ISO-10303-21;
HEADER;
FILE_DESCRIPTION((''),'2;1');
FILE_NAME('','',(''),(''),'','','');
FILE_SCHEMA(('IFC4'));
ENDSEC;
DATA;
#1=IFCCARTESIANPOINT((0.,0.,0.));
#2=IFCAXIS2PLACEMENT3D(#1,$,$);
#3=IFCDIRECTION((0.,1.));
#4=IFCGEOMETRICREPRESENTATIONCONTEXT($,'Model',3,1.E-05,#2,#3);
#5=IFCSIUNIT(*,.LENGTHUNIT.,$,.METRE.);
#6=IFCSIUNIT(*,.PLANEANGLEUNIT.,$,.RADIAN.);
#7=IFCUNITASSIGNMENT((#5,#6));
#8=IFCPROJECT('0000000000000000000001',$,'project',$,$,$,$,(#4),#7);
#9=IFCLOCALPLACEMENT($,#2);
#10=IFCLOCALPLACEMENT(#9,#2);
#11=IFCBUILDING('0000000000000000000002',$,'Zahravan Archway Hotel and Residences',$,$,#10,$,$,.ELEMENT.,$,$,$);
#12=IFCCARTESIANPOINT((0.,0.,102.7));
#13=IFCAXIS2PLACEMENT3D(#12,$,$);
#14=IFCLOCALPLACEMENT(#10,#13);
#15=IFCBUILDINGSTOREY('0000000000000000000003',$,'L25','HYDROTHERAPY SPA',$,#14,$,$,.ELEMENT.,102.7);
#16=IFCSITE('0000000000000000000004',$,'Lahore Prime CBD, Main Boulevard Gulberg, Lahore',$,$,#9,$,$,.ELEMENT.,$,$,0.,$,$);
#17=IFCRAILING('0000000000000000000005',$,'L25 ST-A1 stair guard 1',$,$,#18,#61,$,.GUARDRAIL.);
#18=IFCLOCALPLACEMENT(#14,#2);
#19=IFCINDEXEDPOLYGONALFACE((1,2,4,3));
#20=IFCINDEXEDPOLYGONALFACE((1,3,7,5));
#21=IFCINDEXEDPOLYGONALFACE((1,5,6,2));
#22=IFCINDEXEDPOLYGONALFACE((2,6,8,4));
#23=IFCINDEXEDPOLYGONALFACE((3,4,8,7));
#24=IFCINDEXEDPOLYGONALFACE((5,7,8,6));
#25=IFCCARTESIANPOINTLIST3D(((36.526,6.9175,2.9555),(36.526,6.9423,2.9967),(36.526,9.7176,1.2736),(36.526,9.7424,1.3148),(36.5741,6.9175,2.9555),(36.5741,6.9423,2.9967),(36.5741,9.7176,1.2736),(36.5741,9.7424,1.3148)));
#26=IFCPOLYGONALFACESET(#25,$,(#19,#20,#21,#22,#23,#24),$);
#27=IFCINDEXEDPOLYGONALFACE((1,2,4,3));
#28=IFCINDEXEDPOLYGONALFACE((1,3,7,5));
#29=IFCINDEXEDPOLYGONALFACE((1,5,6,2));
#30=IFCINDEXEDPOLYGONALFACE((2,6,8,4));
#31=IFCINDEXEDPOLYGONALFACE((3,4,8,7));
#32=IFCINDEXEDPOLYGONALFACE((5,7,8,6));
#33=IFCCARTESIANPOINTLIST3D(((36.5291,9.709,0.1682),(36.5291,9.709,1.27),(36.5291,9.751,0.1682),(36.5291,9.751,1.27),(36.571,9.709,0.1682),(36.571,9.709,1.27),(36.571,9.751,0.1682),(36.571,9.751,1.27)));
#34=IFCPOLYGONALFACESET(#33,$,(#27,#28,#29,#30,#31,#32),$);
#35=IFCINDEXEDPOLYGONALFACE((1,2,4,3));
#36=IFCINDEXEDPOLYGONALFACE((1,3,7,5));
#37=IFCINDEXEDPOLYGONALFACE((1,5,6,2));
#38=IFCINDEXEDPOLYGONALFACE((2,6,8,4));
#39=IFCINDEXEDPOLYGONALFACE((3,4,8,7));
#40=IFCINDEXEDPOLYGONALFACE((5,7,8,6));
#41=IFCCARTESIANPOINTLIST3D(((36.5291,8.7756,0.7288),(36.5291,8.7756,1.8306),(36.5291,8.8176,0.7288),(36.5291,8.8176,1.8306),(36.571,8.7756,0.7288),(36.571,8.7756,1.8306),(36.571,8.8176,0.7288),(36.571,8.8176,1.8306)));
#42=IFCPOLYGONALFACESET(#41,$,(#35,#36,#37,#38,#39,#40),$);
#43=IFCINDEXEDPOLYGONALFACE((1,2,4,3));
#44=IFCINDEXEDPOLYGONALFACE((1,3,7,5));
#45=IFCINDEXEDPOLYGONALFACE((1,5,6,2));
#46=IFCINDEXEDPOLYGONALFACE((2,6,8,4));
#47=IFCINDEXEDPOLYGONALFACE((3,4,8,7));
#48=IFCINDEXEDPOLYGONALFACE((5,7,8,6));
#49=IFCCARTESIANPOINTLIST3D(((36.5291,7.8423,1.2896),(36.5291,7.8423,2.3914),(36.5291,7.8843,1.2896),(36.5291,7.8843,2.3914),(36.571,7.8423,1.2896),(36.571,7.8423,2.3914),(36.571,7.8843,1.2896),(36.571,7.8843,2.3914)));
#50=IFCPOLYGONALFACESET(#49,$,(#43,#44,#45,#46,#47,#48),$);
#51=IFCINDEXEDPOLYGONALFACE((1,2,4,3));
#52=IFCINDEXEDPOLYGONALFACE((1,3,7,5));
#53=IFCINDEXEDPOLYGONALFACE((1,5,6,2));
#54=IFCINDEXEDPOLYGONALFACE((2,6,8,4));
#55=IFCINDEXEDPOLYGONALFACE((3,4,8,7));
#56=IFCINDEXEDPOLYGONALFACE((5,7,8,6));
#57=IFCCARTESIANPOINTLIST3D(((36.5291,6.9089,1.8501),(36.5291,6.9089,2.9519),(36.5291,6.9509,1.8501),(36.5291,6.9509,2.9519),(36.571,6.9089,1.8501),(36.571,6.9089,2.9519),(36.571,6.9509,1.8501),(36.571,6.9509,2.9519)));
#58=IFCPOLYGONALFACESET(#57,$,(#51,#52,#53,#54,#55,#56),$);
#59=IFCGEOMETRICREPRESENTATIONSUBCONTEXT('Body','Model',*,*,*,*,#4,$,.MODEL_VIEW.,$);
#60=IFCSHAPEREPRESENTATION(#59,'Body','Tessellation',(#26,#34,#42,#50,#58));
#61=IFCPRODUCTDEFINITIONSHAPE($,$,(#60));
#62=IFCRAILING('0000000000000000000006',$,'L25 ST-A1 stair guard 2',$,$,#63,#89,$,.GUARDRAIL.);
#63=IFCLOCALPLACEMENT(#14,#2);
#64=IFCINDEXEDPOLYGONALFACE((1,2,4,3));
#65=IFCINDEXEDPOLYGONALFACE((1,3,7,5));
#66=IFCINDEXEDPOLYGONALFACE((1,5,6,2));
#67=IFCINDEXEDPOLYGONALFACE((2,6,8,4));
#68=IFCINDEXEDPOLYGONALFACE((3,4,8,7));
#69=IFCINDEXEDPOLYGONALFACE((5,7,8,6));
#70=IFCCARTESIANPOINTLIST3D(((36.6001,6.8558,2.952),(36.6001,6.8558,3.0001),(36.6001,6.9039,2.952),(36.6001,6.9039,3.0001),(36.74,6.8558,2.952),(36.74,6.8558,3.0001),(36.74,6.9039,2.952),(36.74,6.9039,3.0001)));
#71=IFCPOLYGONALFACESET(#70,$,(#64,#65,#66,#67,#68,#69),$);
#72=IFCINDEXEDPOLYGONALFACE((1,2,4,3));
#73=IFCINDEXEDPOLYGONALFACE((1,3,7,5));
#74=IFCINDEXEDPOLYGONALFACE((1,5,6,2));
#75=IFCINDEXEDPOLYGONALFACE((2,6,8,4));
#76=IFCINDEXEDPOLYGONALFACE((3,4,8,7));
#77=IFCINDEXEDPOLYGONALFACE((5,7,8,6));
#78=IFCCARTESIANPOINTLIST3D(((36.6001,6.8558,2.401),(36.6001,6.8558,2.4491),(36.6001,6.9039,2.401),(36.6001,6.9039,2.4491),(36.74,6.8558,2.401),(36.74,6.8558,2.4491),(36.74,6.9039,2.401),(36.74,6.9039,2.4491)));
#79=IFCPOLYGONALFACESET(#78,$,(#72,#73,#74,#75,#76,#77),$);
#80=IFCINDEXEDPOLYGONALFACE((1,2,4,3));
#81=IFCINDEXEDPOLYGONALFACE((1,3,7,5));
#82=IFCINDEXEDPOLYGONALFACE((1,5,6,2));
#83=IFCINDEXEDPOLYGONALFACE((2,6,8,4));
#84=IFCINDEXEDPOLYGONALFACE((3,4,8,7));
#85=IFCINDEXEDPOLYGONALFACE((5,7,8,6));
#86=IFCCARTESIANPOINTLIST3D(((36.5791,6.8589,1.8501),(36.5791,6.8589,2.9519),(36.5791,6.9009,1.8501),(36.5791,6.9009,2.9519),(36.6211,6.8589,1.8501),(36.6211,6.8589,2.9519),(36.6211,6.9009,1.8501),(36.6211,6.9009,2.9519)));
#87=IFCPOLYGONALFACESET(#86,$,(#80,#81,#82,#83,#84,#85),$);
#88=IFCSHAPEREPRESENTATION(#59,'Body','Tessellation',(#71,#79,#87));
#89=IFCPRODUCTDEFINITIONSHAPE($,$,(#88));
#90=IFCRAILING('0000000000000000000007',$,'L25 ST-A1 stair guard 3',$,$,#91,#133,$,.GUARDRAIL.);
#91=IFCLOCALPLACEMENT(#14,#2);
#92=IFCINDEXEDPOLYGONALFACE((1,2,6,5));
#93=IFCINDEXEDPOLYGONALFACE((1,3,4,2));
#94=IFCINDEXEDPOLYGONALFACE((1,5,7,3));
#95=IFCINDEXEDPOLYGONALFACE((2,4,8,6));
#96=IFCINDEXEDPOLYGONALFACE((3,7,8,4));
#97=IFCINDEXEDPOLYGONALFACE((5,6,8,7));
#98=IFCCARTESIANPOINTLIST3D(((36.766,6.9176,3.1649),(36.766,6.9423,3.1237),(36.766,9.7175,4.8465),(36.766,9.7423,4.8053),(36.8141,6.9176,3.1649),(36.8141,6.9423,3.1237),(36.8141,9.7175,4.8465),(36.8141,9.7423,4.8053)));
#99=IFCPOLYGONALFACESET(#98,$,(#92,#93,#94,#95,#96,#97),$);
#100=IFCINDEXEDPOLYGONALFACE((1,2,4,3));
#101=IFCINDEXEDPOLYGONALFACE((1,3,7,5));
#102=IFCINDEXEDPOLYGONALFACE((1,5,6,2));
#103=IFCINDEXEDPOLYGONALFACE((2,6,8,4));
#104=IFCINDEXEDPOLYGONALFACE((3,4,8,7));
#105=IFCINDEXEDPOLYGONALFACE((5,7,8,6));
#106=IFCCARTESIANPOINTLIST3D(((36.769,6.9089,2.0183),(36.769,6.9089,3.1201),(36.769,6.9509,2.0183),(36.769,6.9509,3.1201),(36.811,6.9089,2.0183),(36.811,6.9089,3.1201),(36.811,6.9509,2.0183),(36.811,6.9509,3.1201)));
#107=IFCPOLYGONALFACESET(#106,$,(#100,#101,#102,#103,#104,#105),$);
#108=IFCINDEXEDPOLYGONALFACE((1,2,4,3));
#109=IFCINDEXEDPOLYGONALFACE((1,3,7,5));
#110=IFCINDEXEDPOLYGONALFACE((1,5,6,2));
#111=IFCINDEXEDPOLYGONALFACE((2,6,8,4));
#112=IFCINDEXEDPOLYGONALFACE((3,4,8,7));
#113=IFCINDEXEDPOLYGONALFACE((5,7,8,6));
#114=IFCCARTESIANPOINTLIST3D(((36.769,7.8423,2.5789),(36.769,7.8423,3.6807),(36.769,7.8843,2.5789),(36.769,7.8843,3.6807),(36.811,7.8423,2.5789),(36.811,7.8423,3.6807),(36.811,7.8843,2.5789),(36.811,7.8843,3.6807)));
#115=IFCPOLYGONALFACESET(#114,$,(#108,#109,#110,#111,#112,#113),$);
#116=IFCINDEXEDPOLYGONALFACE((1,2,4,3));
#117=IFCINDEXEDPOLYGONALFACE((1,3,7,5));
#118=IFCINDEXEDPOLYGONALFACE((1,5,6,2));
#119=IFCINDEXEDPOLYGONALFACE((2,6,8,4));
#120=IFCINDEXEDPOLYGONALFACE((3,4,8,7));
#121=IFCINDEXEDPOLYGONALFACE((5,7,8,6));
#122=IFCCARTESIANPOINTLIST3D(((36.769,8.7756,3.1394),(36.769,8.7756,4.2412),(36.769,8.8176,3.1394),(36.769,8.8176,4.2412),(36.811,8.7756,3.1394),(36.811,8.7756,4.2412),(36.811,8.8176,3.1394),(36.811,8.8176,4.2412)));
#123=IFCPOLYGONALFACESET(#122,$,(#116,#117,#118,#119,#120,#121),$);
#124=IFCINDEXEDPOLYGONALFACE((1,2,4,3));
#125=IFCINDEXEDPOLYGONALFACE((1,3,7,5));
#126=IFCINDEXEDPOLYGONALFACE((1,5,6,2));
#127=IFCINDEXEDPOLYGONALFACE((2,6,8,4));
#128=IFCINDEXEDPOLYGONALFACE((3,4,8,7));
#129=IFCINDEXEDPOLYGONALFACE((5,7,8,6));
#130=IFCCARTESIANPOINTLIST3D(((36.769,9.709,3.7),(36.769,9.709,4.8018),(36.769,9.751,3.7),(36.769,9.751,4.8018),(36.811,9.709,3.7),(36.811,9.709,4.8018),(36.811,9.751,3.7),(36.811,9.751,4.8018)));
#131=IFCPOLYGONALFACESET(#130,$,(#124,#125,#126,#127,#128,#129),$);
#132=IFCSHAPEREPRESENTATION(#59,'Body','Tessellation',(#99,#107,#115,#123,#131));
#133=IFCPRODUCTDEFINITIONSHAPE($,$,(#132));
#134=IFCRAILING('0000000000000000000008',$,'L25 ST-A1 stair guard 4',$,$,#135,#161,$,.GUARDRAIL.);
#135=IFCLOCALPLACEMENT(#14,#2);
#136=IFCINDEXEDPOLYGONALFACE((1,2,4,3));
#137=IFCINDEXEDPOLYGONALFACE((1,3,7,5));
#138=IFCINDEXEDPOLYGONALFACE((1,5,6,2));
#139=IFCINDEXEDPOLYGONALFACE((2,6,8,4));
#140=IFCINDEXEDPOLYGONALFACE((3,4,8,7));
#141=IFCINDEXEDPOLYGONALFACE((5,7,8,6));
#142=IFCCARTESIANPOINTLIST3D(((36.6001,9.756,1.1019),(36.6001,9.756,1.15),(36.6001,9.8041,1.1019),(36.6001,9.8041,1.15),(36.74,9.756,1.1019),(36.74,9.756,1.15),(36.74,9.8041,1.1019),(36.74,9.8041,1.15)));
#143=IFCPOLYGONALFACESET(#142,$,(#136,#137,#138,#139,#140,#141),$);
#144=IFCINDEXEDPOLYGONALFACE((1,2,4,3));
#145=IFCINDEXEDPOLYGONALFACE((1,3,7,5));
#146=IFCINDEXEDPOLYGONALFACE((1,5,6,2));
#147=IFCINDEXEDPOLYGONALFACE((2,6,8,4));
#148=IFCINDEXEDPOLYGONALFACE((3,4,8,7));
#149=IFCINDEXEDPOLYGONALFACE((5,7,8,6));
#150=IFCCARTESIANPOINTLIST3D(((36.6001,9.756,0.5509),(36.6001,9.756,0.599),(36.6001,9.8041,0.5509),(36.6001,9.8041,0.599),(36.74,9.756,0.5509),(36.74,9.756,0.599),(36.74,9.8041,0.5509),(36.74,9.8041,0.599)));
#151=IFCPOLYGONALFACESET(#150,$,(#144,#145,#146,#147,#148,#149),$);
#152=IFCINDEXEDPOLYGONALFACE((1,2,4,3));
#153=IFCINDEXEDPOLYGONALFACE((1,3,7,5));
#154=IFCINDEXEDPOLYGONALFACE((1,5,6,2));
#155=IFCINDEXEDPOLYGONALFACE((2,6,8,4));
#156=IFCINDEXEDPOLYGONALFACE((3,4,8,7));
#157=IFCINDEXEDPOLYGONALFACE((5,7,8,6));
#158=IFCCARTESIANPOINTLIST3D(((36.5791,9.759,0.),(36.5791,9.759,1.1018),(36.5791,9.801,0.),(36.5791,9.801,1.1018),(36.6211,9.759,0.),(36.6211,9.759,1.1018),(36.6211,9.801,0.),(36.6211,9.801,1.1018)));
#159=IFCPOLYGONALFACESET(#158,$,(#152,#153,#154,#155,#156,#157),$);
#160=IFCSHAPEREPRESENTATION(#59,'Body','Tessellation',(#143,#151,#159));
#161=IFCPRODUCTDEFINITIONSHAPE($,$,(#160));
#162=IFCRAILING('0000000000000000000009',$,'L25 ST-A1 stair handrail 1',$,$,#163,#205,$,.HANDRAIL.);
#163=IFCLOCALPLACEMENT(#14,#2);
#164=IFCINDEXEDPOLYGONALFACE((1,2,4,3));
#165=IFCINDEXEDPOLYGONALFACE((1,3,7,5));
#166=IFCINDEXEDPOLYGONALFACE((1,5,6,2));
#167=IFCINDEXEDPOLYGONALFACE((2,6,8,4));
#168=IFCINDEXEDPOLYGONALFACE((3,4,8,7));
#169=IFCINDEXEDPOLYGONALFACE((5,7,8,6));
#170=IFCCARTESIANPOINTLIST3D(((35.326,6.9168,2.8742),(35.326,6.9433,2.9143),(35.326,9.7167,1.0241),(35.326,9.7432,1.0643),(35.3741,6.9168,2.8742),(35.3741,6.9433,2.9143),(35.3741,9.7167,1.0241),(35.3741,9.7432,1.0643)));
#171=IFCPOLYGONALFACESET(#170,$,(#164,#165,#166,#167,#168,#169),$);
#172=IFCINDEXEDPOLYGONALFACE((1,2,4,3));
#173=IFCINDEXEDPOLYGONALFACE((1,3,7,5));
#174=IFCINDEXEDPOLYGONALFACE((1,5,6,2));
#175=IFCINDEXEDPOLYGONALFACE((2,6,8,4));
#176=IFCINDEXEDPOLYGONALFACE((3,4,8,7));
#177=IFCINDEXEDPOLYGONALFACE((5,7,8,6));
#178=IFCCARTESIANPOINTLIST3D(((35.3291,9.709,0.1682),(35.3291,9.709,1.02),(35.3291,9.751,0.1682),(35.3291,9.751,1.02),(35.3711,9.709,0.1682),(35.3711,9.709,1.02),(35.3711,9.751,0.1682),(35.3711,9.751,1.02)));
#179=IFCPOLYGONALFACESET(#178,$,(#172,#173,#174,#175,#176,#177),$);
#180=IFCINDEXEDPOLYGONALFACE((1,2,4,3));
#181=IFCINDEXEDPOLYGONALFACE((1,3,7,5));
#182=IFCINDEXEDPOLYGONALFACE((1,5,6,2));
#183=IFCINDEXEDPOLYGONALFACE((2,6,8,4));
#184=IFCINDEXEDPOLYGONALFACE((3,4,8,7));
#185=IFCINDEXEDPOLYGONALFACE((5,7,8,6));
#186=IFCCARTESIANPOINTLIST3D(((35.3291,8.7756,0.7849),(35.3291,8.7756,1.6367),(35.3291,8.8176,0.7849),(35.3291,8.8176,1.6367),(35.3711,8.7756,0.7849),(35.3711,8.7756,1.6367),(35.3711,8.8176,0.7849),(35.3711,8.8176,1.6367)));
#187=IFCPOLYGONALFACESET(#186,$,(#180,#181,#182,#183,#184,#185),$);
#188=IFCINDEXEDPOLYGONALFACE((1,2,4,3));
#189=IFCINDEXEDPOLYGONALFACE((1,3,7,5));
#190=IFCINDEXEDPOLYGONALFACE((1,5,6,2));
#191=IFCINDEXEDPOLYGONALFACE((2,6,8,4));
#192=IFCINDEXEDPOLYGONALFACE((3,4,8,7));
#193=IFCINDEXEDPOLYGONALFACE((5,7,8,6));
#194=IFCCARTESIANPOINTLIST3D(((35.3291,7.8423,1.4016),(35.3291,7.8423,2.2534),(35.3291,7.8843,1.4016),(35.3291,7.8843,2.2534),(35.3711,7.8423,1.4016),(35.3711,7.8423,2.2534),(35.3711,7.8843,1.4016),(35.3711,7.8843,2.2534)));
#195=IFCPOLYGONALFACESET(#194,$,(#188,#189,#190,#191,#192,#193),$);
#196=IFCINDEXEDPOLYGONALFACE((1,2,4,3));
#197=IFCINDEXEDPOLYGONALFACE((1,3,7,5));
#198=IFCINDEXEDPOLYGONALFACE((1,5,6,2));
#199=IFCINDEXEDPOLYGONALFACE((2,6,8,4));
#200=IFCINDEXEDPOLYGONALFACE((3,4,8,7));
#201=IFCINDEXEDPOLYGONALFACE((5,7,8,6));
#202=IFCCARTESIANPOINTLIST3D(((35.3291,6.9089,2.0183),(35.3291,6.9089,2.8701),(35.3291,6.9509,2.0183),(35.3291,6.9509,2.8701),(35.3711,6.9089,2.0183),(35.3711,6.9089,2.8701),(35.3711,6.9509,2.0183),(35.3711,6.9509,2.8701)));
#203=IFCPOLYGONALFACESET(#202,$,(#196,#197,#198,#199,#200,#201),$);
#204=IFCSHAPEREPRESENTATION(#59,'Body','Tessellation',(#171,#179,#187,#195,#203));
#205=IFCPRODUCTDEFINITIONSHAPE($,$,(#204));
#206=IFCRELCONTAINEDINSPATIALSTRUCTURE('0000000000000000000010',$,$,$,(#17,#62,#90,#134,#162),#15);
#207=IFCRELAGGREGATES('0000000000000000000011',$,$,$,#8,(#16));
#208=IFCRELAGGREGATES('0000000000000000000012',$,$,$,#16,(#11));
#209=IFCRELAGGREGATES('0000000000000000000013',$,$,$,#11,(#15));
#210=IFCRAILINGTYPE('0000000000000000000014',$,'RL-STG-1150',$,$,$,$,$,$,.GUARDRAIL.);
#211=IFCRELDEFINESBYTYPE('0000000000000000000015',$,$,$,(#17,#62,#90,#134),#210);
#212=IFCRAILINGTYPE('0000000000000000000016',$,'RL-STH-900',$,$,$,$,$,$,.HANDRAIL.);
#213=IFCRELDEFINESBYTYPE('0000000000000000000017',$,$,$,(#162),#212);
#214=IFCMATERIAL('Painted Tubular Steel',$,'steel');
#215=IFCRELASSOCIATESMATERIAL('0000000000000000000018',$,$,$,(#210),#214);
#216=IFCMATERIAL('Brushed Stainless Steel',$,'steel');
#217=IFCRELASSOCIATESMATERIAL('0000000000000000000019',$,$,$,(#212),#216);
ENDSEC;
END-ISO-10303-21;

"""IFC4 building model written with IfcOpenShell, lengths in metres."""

from ifc_helpers import new_model, si_unit, direction, frame, origin, origin_2d, place, context, subcontext, project, spatial, rectangle, extrude, material, type_object, element, save


model = new_model("IFC4")

# Units and contexts
model_context = context("Model", 3, precision=1e-05, world=origin(), true_north=direction((0.0, 1.0)))
body_context = subcontext(model_context, "Body", "Model", "MODEL_VIEW")
ifc_project = project(units=[si_unit("LENGTHUNIT", "METRE"), si_unit("PLANEANGLEUNIT", "RADIAN")], contexts=[model_context])

# Site, building, storey
site_placement = place(None, origin())
site = spatial("IfcSite", under=ifc_project, at=site_placement, Name="Lahore Prime CBD, Main Boulevard Gulberg, Lahore", CompositionType="ELEMENT", RefElevation=0.0)
building_placement = place(site_placement, origin())
building = spatial("IfcBuilding", under=site, at=building_placement, Name="Zahravan Archway Hotel and Residences", CompositionType="ELEMENT")
storey_placement = place(building_placement, frame((0.0, 0.0, 102.7)))
storey = spatial("IfcBuildingStorey", under=building, at=storey_placement, Name="L25", Description="HYDROTHERAPY SPA", CompositionType="ELEMENT", Elevation=102.7)

# Shared definitions
ifc_material_1 = material(Name="Brushed Stainless Steel", Category="steel")

# Railings
ifc_material_2 = material(Name="Painted Tubular Steel", Category="steel")
railing_type_1 = type_object("IfcRailingType", Name="RL-STG-1150", PredefinedType="GUARDRAIL", material=ifc_material_2)
railing_1_placement = place(storey_placement, frame((36.55, 9.73, 0.1682)))
element("IfcRailing", 1, at=railing_1_placement, inside=storey, type_object=railing_type_1, Name="L25 ST-A1 stair guard 1", PredefinedType="GUARDRAIL", context=body_context, shape_type="SweptSolid", body=[
    extrude(rectangle(XDim=0.0481, YDim=0.0481, at=origin_2d()), frame((0.0, 0.0, 1.126), z_axis=(0.0, -0.857242, 0.514913), x_axis=(1.0, 0.0, 0.0)), (0.0, 0.0, 1.0), 3.2664),
    extrude(rectangle(XDim=0.042, YDim=0.042, at=origin_2d()), origin(), (0.0, 0.0, 1.0), 1.1018),
    extrude(rectangle(XDim=0.042, YDim=0.042, at=origin_2d()), frame((0.0, -0.9333, 0.5605)), (0.0, 0.0, 1.0), 1.1018),
    extrude(rectangle(XDim=0.042, YDim=0.042, at=origin_2d()), frame((0.0, -1.8667, 1.1213)), (0.0, 0.0, 1.0), 1.1018),
    extrude(rectangle(XDim=0.042, YDim=0.042, at=origin_2d()), frame((0.0, -2.8, 1.6819)), (0.0, 0.0, 1.0), 1.1018),
])
railing_2_placement = place(storey_placement, frame((36.6001, 6.8799, 1.8501)))
element("IfcRailing", 2, at=railing_2_placement, inside=storey, type_object=railing_type_1, Name="L25 ST-A1 stair guard 2", PredefinedType="GUARDRAIL", context=body_context, shape_type="SweptSolid", body=[
    extrude(rectangle(XDim=0.0481, YDim=0.0481, at=origin_2d()), frame((0.0, 0.0, 1.126), z_axis=(1.0, 0.0, 0.0), x_axis=(0.0, 1.0, 0.0)), (0.0, 0.0, 1.0), 0.1399),
    extrude(rectangle(XDim=0.0481, YDim=0.0481, at=origin_2d()), frame((0.0, 0.0, 0.575), z_axis=(1.0, 0.0, 0.0), x_axis=(0.0, 1.0, 0.0)), (0.0, 0.0, 1.0), 0.1399),
    extrude(rectangle(XDim=0.042, YDim=0.042, at=origin_2d()), origin(), (0.0, 0.0, 1.0), 1.1018),
])
railing_3_placement = place(storey_placement, frame((36.79, 6.9299, 2.0183)))
element("IfcRailing", 3, at=railing_3_placement, inside=storey, type_object=railing_type_1, Name="L25 ST-A1 stair guard 3", PredefinedType="GUARDRAIL", context=body_context, shape_type="SweptSolid", body=[
    extrude(rectangle(XDim=0.0481, YDim=0.0481, at=origin_2d()), frame((0.0, 0.0, 1.126), z_axis=(0.0, 0.857275, 0.514858), x_axis=(-1.0, 0.0, 0.0)), (0.0, 0.0, 1.0), 3.2661),
    extrude(rectangle(XDim=0.042, YDim=0.042, at=origin_2d()), origin(), (0.0, 0.0, 1.0), 1.1018),
    extrude(rectangle(XDim=0.042, YDim=0.042, at=origin_2d()), frame((0.0, 0.9333, 0.5605)), (0.0, 0.0, 1.0), 1.1018),
    extrude(rectangle(XDim=0.042, YDim=0.042, at=origin_2d()), frame((0.0, 1.8667, 1.1211)), (0.0, 0.0, 1.0), 1.1018),
    extrude(rectangle(XDim=0.042, YDim=0.042, at=origin_2d()), frame((0.0, 2.8, 1.6816)), (0.0, 0.0, 1.0), 1.1018),
])
railing_4_placement = place(storey_placement, frame((36.6001, 9.78, 0.0)))
element("IfcRailing", 4, at=railing_4_placement, inside=storey, type_object=railing_type_1, Name="L25 ST-A1 stair guard 4", PredefinedType="GUARDRAIL", context=body_context, shape_type="SweptSolid", body=[
    extrude(rectangle(XDim=0.0481, YDim=0.0481, at=origin_2d()), frame((0.0, 0.0, 1.126), z_axis=(1.0, 0.0, 0.0), x_axis=(0.0, 1.0, 0.0)), (0.0, 0.0, 1.0), 0.1399),
    extrude(rectangle(XDim=0.0481, YDim=0.0481, at=origin_2d()), frame((0.0, 0.0, 0.575), z_axis=(1.0, 0.0, 0.0), x_axis=(0.0, 1.0, 0.0)), (0.0, 0.0, 1.0), 0.1399),
    extrude(rectangle(XDim=0.042, YDim=0.042, at=origin_2d()), origin(), (0.0, 0.0, 1.0), 1.1018),
])
railing_type_2 = type_object("IfcRailingType", Name="RL-STH-900", PredefinedType="HANDRAIL", material=ifc_material_1)
railing_5_placement = place(storey_placement, frame((35.3501, 9.73, 0.1682)))
element("IfcRailing", 5, at=railing_5_placement, inside=storey, type_object=railing_type_2, Name="L25 ST-A1 stair handrail 1", PredefinedType="HANDRAIL", context=body_context, shape_type="SweptSolid", body=[
    extrude(rectangle(XDim=0.0481, YDim=0.0481, at=origin_2d()), frame((0.0, 0.0, 0.876), z_axis=(0.0, -0.834326, 0.551271), x_axis=(1.0, 0.0, 0.0)), (0.0, 0.0, 1.0), 3.356),
    extrude(rectangle(XDim=0.042, YDim=0.042, at=origin_2d()), origin(), (0.0, 0.0, 1.0), 0.8518),
    extrude(rectangle(XDim=0.042, YDim=0.042, at=origin_2d()), frame((0.0, -0.9333, 0.6167)), (0.0, 0.0, 1.0), 0.8518),
    extrude(rectangle(XDim=0.042, YDim=0.042, at=origin_2d()), frame((0.0, -1.8667, 1.2334)), (0.0, 0.0, 1.0), 0.8518),
    extrude(rectangle(XDim=0.042, YDim=0.042, at=origin_2d()), frame((0.0, -2.8, 1.8501)), (0.0, 0.0, 1.0), 0.8518),
])

save(model, "model.ifc")
